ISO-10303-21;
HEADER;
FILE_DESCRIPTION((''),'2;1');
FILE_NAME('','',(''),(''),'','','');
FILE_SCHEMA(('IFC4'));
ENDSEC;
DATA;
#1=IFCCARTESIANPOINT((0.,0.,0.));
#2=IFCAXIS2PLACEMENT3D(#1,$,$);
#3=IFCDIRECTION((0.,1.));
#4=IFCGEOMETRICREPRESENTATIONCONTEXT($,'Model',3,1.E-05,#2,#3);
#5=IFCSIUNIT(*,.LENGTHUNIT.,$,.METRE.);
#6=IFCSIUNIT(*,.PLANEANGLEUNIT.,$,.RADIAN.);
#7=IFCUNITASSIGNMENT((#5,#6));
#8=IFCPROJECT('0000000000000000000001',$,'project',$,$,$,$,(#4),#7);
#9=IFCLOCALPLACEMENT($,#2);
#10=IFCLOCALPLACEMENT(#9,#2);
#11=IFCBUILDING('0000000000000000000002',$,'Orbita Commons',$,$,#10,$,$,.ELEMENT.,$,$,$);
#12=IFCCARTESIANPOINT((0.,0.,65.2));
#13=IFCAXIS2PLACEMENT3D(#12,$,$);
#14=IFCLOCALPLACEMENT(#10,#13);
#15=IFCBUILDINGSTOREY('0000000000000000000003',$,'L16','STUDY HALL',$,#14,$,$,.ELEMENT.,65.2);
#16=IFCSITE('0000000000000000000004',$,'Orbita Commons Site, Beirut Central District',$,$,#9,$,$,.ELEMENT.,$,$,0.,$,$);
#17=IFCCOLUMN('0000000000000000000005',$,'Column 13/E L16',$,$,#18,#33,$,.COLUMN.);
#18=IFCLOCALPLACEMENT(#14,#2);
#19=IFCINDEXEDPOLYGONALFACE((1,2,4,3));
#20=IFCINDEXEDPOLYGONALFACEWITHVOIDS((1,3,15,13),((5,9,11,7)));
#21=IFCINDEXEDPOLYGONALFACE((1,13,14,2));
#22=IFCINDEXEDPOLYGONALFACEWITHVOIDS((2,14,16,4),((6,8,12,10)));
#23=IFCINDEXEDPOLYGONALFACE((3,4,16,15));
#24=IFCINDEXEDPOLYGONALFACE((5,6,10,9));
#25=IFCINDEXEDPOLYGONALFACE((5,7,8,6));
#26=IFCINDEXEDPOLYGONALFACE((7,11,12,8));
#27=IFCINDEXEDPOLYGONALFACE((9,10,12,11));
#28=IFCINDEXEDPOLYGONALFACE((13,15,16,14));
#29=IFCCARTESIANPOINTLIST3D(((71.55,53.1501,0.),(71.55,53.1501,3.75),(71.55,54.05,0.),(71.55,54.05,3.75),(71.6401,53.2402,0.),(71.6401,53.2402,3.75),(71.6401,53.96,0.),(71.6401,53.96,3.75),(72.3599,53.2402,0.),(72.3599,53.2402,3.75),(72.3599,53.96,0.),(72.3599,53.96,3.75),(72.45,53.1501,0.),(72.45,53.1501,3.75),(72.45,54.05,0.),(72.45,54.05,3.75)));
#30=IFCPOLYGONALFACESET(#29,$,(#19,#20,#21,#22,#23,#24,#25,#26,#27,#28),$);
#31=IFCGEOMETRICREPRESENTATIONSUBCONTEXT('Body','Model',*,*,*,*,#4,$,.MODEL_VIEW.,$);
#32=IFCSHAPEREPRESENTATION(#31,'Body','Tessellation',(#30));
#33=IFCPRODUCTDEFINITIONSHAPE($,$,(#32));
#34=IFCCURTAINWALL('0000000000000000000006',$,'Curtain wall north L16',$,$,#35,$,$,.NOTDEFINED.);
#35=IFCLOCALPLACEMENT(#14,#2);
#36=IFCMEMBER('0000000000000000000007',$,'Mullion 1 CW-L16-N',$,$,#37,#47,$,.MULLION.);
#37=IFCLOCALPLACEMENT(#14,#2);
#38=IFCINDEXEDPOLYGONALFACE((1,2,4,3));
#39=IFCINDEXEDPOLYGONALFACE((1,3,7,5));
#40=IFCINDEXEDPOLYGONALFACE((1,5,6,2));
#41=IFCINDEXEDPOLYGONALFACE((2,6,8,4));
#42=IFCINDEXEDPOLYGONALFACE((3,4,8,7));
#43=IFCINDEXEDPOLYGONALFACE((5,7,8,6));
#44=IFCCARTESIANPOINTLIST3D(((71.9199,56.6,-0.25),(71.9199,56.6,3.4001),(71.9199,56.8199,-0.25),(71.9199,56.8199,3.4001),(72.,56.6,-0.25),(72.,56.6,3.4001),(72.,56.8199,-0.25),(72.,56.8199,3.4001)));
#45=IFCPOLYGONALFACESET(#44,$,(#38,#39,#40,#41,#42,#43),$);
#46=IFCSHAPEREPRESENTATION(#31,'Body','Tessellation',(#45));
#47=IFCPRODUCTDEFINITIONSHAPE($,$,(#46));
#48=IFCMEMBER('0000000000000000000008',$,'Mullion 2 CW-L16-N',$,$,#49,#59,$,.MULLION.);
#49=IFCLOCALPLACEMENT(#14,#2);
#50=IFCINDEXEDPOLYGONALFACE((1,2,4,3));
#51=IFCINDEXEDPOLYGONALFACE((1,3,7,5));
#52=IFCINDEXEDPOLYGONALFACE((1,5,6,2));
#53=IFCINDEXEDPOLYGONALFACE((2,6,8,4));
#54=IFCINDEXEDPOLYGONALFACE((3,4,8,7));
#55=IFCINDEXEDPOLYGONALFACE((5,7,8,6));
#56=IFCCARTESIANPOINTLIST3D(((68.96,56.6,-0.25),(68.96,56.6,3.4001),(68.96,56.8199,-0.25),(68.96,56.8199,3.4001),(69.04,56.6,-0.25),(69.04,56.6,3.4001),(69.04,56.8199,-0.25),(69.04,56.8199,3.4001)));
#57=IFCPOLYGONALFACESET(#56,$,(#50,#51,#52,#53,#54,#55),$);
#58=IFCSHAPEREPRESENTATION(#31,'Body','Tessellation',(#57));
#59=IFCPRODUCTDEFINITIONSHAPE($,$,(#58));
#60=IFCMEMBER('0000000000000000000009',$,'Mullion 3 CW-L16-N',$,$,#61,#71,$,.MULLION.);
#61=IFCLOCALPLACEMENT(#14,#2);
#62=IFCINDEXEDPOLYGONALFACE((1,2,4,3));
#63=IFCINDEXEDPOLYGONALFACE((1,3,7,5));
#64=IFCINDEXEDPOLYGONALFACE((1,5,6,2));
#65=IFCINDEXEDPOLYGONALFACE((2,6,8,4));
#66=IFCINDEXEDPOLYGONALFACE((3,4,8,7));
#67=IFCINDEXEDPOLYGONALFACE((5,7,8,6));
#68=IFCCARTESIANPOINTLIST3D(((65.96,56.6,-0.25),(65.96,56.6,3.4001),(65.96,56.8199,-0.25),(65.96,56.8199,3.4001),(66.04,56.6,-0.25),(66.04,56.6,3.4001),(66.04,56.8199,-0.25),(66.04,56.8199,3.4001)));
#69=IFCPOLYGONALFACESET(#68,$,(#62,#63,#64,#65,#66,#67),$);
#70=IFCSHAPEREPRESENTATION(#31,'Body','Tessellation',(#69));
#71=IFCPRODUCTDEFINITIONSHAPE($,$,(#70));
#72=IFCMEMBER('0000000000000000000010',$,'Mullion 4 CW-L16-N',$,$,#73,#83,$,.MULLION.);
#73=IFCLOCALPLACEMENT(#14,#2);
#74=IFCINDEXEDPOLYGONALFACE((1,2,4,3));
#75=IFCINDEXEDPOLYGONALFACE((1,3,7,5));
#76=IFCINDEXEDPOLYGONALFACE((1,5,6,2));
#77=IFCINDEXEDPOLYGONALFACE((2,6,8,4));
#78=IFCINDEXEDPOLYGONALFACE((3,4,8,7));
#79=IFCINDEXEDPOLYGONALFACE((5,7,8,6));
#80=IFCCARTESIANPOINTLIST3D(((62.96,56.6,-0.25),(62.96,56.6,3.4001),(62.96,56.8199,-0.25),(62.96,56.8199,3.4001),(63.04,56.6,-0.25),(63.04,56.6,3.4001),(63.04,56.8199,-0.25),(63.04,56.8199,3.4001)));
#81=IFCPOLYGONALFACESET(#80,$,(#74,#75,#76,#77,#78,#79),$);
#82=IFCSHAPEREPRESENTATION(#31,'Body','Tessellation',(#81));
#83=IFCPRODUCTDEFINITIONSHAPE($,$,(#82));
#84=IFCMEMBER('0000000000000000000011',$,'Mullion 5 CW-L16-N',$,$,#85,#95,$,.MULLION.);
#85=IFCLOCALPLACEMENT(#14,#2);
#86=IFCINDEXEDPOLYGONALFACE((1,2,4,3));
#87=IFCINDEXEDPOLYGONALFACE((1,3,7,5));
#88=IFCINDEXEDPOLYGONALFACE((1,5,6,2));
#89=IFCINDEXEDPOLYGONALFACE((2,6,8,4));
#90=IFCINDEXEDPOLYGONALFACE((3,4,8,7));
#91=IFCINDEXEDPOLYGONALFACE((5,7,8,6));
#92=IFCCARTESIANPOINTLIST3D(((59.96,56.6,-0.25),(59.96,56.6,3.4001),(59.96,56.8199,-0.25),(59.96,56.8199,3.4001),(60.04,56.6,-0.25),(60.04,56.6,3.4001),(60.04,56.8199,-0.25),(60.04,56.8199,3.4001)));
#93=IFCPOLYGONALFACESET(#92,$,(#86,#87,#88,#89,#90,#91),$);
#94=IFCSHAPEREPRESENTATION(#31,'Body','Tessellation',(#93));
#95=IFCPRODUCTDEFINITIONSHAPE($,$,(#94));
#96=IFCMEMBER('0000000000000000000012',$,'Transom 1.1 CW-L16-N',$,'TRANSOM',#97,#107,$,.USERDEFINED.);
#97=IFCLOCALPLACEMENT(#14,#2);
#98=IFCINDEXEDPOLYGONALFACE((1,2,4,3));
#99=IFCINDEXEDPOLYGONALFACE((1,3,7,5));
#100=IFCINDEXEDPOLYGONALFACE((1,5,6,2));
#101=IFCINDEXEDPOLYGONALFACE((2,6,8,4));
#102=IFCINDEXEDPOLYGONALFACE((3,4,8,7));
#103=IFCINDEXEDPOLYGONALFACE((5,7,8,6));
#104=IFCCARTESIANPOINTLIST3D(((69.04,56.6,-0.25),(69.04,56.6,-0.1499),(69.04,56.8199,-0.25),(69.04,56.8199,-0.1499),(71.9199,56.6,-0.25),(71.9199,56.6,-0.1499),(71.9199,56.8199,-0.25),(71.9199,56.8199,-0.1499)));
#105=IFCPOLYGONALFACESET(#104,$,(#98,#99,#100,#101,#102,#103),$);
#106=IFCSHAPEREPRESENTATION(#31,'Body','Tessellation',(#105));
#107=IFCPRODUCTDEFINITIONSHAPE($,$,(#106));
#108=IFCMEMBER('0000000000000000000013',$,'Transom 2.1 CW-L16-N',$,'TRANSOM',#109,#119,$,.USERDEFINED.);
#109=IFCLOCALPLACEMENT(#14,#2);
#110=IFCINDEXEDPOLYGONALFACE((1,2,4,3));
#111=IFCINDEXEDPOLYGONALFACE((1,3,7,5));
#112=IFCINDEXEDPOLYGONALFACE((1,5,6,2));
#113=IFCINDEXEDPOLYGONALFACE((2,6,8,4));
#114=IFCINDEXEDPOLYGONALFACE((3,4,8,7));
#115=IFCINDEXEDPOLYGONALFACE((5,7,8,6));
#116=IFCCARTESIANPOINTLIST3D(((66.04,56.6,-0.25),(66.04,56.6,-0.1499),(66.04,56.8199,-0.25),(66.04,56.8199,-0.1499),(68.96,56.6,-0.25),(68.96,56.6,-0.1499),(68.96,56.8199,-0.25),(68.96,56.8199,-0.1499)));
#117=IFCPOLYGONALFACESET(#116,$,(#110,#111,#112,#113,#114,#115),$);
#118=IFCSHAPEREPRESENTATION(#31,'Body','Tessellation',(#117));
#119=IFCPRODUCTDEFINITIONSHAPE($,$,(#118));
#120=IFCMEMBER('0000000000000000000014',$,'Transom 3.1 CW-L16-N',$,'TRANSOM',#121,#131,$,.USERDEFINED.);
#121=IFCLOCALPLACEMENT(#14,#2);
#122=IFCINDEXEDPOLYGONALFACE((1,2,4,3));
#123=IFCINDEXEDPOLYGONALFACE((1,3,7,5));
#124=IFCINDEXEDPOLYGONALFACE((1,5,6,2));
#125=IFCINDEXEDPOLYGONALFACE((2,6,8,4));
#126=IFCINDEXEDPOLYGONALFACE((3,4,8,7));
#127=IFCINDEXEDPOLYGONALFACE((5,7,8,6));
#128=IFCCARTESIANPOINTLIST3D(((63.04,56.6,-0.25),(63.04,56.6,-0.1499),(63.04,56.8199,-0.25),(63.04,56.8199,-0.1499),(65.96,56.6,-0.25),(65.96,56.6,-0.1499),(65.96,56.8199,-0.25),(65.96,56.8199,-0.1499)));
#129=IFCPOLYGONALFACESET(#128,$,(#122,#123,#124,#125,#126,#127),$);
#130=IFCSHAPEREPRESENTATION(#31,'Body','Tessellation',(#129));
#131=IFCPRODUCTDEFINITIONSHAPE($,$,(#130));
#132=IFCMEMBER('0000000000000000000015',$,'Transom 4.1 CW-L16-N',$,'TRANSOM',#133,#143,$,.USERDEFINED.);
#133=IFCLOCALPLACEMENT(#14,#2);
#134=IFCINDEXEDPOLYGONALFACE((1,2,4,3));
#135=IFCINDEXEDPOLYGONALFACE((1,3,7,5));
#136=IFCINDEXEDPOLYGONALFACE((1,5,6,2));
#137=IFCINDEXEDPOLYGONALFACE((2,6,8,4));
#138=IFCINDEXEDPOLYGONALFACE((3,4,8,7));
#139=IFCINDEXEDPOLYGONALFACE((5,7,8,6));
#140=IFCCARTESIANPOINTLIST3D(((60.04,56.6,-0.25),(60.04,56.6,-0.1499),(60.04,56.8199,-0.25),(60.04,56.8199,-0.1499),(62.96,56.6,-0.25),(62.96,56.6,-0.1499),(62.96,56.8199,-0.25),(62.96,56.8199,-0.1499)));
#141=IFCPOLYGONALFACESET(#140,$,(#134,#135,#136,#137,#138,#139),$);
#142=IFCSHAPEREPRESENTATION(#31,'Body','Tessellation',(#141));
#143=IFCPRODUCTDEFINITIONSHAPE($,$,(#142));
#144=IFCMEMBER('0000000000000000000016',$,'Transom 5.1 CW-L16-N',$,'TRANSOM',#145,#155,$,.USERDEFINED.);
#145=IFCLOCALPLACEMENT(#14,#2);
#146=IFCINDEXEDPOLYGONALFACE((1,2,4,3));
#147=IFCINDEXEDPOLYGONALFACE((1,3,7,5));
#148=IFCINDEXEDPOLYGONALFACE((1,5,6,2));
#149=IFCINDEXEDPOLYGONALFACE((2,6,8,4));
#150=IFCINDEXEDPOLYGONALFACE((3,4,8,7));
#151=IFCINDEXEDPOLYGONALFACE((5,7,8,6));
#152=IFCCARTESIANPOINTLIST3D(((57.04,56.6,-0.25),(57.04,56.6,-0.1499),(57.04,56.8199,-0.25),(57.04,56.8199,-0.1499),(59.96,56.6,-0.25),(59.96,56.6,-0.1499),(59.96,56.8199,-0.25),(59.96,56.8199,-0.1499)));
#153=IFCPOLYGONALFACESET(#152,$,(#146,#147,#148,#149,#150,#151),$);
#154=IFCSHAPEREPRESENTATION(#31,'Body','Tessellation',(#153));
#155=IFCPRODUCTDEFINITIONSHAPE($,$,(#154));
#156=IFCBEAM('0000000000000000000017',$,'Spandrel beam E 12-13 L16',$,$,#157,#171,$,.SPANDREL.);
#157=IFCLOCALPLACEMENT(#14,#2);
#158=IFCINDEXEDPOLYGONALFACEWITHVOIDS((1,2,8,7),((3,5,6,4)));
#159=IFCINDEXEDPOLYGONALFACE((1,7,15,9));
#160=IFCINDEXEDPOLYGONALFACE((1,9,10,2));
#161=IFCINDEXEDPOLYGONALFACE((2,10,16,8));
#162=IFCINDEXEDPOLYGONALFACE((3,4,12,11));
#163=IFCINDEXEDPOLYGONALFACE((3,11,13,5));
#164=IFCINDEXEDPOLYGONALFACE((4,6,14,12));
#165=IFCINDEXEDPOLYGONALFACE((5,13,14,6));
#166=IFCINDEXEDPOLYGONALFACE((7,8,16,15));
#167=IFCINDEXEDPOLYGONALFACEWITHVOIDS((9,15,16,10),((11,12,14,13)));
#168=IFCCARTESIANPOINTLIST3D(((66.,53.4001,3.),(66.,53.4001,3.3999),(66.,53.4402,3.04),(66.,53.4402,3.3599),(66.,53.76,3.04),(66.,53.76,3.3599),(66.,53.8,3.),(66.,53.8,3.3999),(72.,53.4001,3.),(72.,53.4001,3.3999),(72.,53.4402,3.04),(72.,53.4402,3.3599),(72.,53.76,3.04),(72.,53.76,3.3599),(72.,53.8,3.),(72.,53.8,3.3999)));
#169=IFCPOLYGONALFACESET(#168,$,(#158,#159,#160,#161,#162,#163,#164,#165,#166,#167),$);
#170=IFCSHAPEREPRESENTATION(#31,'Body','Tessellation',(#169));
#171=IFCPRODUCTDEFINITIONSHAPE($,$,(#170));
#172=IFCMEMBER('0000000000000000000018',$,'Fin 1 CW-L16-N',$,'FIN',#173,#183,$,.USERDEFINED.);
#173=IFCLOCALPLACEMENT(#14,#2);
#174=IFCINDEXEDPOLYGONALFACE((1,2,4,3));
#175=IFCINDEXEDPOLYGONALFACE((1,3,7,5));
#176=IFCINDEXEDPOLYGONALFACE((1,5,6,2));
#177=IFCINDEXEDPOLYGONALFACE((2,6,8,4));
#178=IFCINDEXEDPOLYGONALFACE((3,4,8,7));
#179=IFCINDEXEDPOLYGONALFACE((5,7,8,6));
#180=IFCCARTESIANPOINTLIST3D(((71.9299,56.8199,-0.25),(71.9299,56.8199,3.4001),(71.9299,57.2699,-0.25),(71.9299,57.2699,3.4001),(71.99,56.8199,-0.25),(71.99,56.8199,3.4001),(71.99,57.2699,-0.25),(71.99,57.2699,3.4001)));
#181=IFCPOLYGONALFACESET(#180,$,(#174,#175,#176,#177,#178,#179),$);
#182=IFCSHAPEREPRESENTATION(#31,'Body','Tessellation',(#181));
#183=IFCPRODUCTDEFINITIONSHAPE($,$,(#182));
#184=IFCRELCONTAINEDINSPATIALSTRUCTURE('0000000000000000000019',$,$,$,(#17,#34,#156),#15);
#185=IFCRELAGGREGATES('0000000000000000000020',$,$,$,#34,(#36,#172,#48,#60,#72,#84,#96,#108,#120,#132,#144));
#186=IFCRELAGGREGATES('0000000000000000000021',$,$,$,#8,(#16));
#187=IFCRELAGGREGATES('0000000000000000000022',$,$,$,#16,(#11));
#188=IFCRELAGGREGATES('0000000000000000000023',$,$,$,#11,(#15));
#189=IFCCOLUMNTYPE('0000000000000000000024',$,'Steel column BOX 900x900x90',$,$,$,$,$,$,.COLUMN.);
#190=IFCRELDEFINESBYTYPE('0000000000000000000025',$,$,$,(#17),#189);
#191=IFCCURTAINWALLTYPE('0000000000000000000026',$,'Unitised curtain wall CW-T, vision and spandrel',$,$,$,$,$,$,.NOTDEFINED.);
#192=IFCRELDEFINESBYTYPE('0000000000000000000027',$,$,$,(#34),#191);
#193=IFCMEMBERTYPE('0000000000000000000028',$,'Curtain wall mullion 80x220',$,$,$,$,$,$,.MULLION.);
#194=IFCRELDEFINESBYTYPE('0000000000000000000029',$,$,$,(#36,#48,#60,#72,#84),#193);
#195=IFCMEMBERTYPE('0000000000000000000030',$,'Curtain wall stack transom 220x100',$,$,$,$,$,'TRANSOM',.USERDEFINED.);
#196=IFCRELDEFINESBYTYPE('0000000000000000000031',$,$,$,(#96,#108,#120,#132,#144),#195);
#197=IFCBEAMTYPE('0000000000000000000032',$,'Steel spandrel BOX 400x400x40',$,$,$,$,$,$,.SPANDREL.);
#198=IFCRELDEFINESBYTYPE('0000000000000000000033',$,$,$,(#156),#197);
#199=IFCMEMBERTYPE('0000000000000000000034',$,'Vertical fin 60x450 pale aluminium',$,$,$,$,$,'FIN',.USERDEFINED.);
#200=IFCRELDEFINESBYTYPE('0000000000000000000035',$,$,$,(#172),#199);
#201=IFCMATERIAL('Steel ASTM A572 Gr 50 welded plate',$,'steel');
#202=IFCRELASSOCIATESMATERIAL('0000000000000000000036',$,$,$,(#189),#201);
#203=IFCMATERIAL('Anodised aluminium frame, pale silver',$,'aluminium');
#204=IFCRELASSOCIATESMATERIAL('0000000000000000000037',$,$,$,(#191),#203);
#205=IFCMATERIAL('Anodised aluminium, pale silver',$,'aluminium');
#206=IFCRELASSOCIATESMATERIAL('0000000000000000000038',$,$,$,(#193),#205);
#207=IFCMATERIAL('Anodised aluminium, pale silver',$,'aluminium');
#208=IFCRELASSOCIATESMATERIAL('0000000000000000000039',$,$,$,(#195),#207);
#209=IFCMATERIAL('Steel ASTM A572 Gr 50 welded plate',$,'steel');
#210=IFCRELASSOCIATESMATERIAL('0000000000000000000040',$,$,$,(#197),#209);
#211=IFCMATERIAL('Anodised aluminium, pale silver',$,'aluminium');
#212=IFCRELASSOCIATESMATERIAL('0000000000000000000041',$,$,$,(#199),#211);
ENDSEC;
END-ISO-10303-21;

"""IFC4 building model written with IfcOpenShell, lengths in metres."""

from ifc_helpers import new_model, si_unit, direction, frame, origin, origin_2d, place, context, subcontext, project, spatial, rectangle, hollow_rectangle, extrude, material, material_profile, profile_set, type_object, element, aggregate, save


model = new_model("IFC4")

# Units and contexts
model_context = context("Model", 3, precision=1e-05, world=origin(), true_north=direction((0.0, 1.0)))
body_context = subcontext(model_context, "Body", "Model", "MODEL_VIEW")
ifc_project = project(units=[si_unit("LENGTHUNIT", "METRE"), si_unit("PLANEANGLEUNIT", "RADIAN")], contexts=[model_context])

# Site, building, storey
site_placement = place(None, origin())
site = spatial("IfcSite", under=ifc_project, at=site_placement, Name="Orbita Commons Site, Beirut Central District", CompositionType="ELEMENT", RefElevation=0.0)
building_placement = place(site_placement, origin())
building = spatial("IfcBuilding", under=site, at=building_placement, Name="Orbita Commons", CompositionType="ELEMENT")
storey_placement = place(building_placement, frame((0.0, 0.0, 65.2)))
storey = spatial("IfcBuildingStorey", under=building, at=storey_placement, Name="L16", Description="STUDY HALL", CompositionType="ELEMENT", Elevation=65.2)

# Column
ifc_material_1 = material(Name="Steel ASTM A572 Gr 50 welded plate", Category="steel")
ifc_material_profile_1 = material_profile(ifc_material_1, hollow_rectangle(XDim=0.8999, YDim=0.8999, WallThickness=0.0901, at=origin_2d()), Name="BOX 900x900x90")
ifc_profile_set_1 = profile_set([ifc_material_profile_1], Name="Steel ASTM A572 Gr 50 welded plate")
column_type = type_object("IfcColumnType", Name="Steel column BOX 900x900x90", PredefinedType="COLUMN", material=ifc_profile_set_1)
column_placement = place(storey_placement, frame((72.0, 53.6001, 0.0), z_axis=(0.0, 0.0, 1.0), x_axis=(1.0, 0.0, 0.0)))
element("IfcColumn", 1, at=column_placement, inside=storey, type_object=column_type, Name="Column 13/E L16", PredefinedType="COLUMN", context=body_context, shape_type="SweptSolid", body=[
    extrude(hollow_rectangle(XDim=0.8999, YDim=0.8999, WallThickness=0.0901, at=origin_2d()), origin(), (0.0, 0.0, 1.0), 3.75),
])

# Curtain wall, members
ifc_material_2 = material(Name="Anodised aluminium frame, pale silver", Category="aluminium")
curtain_wall_type = type_object("IfcCurtainWallType", Name="Unitised curtain wall CW-T, vision and spandrel", PredefinedType="NOTDEFINED", material=ifc_material_2)
curtain_wall_placement = place(storey_placement, origin())
curtain_wall = element("IfcCurtainWall", 2, at=curtain_wall_placement, inside=storey, type_object=curtain_wall_type, Name="Curtain wall north L16", PredefinedType="NOTDEFINED")
ifc_material_3 = material(Name="Anodised aluminium, pale silver", Category="aluminium")
ifc_material_profile_2 = material_profile(ifc_material_3, rectangle(XDim=0.0801, YDim=0.22, at=origin_2d()), Name="AL 80x220")
ifc_profile_set_2 = profile_set([ifc_material_profile_2], Name="Anodised aluminium, pale silver")
member_type_1 = type_object("IfcMemberType", Name="Curtain wall mullion 80x220", PredefinedType="MULLION", material=ifc_profile_set_2)
member_1_placement = place(storey_placement, frame((71.96, 56.71, -0.25), z_axis=(0.0, 0.0, 1.0), x_axis=(-1.0, 0.0, 0.0)))
member_1 = element("IfcMember", 3, at=member_1_placement, type_object=member_type_1, Name="Mullion 1 CW-L16-N", PredefinedType="MULLION", context=body_context, shape_type="SweptSolid", body=[
    extrude(rectangle(XDim=0.0801, YDim=0.22, at=origin_2d()), origin(), (0.0, 0.0, 1.0), 3.6501),
])
member_2_placement = place(storey_placement, frame((69.0, 56.71, -0.25), z_axis=(0.0, 0.0, 1.0), x_axis=(-1.0, 0.0, 0.0)))
member_2 = element("IfcMember", 4, at=member_2_placement, type_object=member_type_1, Name="Mullion 2 CW-L16-N", PredefinedType="MULLION", context=body_context, shape_type="SweptSolid", body=[
    extrude(rectangle(XDim=0.0801, YDim=0.22, at=origin_2d()), origin(), (0.0, 0.0, 1.0), 3.6501),
])
member_3_placement = place(storey_placement, frame((66.0, 56.71, -0.25), z_axis=(0.0, 0.0, 1.0), x_axis=(-1.0, 0.0, 0.0)))
member_3 = element("IfcMember", 5, at=member_3_placement, type_object=member_type_1, Name="Mullion 3 CW-L16-N", PredefinedType="MULLION", context=body_context, shape_type="SweptSolid", body=[
    extrude(rectangle(XDim=0.0801, YDim=0.22, at=origin_2d()), origin(), (0.0, 0.0, 1.0), 3.6501),
])
member_4_placement = place(storey_placement, frame((63.0, 56.71, -0.25), z_axis=(0.0, 0.0, 1.0), x_axis=(-1.0, 0.0, 0.0)))
member_4 = element("IfcMember", 6, at=member_4_placement, type_object=member_type_1, Name="Mullion 4 CW-L16-N", PredefinedType="MULLION", context=body_context, shape_type="SweptSolid", body=[
    extrude(rectangle(XDim=0.0801, YDim=0.22, at=origin_2d()), origin(), (0.0, 0.0, 1.0), 3.6501),
])
member_5_placement = place(storey_placement, frame((60.0, 56.71, -0.25), z_axis=(0.0, 0.0, 1.0), x_axis=(-1.0, 0.0, 0.0)))
member_5 = element("IfcMember", 7, at=member_5_placement, type_object=member_type_1, Name="Mullion 5 CW-L16-N", PredefinedType="MULLION", context=body_context, shape_type="SweptSolid", body=[
    extrude(rectangle(XDim=0.0801, YDim=0.22, at=origin_2d()), origin(), (0.0, 0.0, 1.0), 3.6501),
])
ifc_material_4 = material(Name="Anodised aluminium, pale silver", Category="aluminium")
ifc_material_profile_3 = material_profile(ifc_material_4, rectangle(XDim=0.22, YDim=0.1001, at=origin_2d()), Name="AL 220x100")
ifc_profile_set_3 = profile_set([ifc_material_profile_3], Name="Anodised aluminium, pale silver")
member_type_2 = type_object("IfcMemberType", Name="Curtain wall stack transom 220x100", ElementType="TRANSOM", PredefinedType="USERDEFINED", material=ifc_profile_set_3)
member_6_placement = place(storey_placement, frame((71.9199, 56.71, -0.2), z_axis=(-1.0, 0.0, 0.0), x_axis=(0.0, -1.0, 0.0)))
member_6 = element("IfcMember", 8, at=member_6_placement, type_object=member_type_2, Name="Transom 1.1 CW-L16-N", ObjectType="TRANSOM", PredefinedType="USERDEFINED", context=body_context, shape_type="SweptSolid", body=[
    extrude(rectangle(XDim=0.22, YDim=0.1001, at=origin_2d()), origin(), (0.0, 0.0, 1.0), 2.8799),
])
member_7_placement = place(storey_placement, frame((68.96, 56.71, -0.2), z_axis=(-1.0, 0.0, 0.0), x_axis=(0.0, -1.0, 0.0)))
member_7 = element("IfcMember", 9, at=member_7_placement, type_object=member_type_2, Name="Transom 2.1 CW-L16-N", ObjectType="TRANSOM", PredefinedType="USERDEFINED", context=body_context, shape_type="SweptSolid", body=[
    extrude(rectangle(XDim=0.22, YDim=0.1001, at=origin_2d()), origin(), (0.0, 0.0, 1.0), 2.9199),
])
member_8_placement = place(storey_placement, frame((65.96, 56.71, -0.2), z_axis=(-1.0, 0.0, 0.0), x_axis=(0.0, -1.0, 0.0)))
member_8 = element("IfcMember", 10, at=member_8_placement, type_object=member_type_2, Name="Transom 3.1 CW-L16-N", ObjectType="TRANSOM", PredefinedType="USERDEFINED", context=body_context, shape_type="SweptSolid", body=[
    extrude(rectangle(XDim=0.22, YDim=0.1001, at=origin_2d()), origin(), (0.0, 0.0, 1.0), 2.9199),
])
member_9_placement = place(storey_placement, frame((62.96, 56.71, -0.2), z_axis=(-1.0, 0.0, 0.0), x_axis=(0.0, -1.0, 0.0)))
member_9 = element("IfcMember", 11, at=member_9_placement, type_object=member_type_2, Name="Transom 4.1 CW-L16-N", ObjectType="TRANSOM", PredefinedType="USERDEFINED", context=body_context, shape_type="SweptSolid", body=[
    extrude(rectangle(XDim=0.22, YDim=0.1001, at=origin_2d()), origin(), (0.0, 0.0, 1.0), 2.9199),
])
member_10_placement = place(storey_placement, frame((59.96, 56.71, -0.2), z_axis=(-1.0, 0.0, 0.0), x_axis=(0.0, -1.0, 0.0)))
member_10 = element("IfcMember", 12, at=member_10_placement, type_object=member_type_2, Name="Transom 5.1 CW-L16-N", ObjectType="TRANSOM", PredefinedType="USERDEFINED", context=body_context, shape_type="SweptSolid", body=[
    extrude(rectangle(XDim=0.22, YDim=0.1001, at=origin_2d()), origin(), (0.0, 0.0, 1.0), 2.9199),
])

# Beam
ifc_material_5 = material(Name="Steel ASTM A572 Gr 50 welded plate", Category="steel")
ifc_material_profile_4 = material_profile(ifc_material_5, hollow_rectangle(XDim=0.3999, YDim=0.3999, WallThickness=0.04, at=origin_2d()), Name="BOX 400x400x40")
ifc_profile_set_4 = profile_set([ifc_material_profile_4], Name="Steel ASTM A572 Gr 50 welded plate")
beam_type = type_object("IfcBeamType", Name="Steel spandrel BOX 400x400x40", PredefinedType="SPANDREL", material=ifc_profile_set_4)
beam_placement = place(storey_placement, frame((66.0, 53.6001, 3.2), z_axis=(1.0, 0.0, 0.0), x_axis=(0.0, 1.0, 0.0)))
element("IfcBeam", 13, at=beam_placement, inside=storey, type_object=beam_type, Name="Spandrel beam E 12-13 L16", PredefinedType="SPANDREL", context=body_context, shape_type="SweptSolid", body=[
    extrude(hollow_rectangle(XDim=0.3999, YDim=0.3999, WallThickness=0.04, at=origin_2d()), origin(), (0.0, 0.0, 1.0), 6.0),
])

# Member
ifc_material_6 = material(Name="Anodised aluminium, pale silver", Category="aluminium")
ifc_material_profile_5 = material_profile(ifc_material_6, rectangle(XDim=0.0601, YDim=0.45, at=origin_2d()), Name="FIN 60x450")
ifc_profile_set_5 = profile_set([ifc_material_profile_5], Name="Anodised aluminium, pale silver")
member_type_3 = type_object("IfcMemberType", Name="Vertical fin 60x450 pale aluminium", ElementType="FIN", PredefinedType="USERDEFINED", material=ifc_profile_set_5)
member_11_placement = place(storey_placement, frame((71.96, 57.0449, -0.25), z_axis=(0.0, 0.0, 1.0), x_axis=(-1.0, 0.0, 0.0)))
member_11 = element("IfcMember", 14, at=member_11_placement, type_object=member_type_3, Name="Fin 1 CW-L16-N", ObjectType="FIN", PredefinedType="USERDEFINED", context=body_context, shape_type="SweptSolid", body=[
    extrude(rectangle(XDim=0.0601, YDim=0.45, at=origin_2d()), origin(), (0.0, 0.0, 1.0), 3.6501),
])

aggregate(curtain_wall, [member_1, member_11, member_2, member_3, member_4, member_5, member_6, member_7, member_8, member_9, member_10])

save(model, "model.ifc")
